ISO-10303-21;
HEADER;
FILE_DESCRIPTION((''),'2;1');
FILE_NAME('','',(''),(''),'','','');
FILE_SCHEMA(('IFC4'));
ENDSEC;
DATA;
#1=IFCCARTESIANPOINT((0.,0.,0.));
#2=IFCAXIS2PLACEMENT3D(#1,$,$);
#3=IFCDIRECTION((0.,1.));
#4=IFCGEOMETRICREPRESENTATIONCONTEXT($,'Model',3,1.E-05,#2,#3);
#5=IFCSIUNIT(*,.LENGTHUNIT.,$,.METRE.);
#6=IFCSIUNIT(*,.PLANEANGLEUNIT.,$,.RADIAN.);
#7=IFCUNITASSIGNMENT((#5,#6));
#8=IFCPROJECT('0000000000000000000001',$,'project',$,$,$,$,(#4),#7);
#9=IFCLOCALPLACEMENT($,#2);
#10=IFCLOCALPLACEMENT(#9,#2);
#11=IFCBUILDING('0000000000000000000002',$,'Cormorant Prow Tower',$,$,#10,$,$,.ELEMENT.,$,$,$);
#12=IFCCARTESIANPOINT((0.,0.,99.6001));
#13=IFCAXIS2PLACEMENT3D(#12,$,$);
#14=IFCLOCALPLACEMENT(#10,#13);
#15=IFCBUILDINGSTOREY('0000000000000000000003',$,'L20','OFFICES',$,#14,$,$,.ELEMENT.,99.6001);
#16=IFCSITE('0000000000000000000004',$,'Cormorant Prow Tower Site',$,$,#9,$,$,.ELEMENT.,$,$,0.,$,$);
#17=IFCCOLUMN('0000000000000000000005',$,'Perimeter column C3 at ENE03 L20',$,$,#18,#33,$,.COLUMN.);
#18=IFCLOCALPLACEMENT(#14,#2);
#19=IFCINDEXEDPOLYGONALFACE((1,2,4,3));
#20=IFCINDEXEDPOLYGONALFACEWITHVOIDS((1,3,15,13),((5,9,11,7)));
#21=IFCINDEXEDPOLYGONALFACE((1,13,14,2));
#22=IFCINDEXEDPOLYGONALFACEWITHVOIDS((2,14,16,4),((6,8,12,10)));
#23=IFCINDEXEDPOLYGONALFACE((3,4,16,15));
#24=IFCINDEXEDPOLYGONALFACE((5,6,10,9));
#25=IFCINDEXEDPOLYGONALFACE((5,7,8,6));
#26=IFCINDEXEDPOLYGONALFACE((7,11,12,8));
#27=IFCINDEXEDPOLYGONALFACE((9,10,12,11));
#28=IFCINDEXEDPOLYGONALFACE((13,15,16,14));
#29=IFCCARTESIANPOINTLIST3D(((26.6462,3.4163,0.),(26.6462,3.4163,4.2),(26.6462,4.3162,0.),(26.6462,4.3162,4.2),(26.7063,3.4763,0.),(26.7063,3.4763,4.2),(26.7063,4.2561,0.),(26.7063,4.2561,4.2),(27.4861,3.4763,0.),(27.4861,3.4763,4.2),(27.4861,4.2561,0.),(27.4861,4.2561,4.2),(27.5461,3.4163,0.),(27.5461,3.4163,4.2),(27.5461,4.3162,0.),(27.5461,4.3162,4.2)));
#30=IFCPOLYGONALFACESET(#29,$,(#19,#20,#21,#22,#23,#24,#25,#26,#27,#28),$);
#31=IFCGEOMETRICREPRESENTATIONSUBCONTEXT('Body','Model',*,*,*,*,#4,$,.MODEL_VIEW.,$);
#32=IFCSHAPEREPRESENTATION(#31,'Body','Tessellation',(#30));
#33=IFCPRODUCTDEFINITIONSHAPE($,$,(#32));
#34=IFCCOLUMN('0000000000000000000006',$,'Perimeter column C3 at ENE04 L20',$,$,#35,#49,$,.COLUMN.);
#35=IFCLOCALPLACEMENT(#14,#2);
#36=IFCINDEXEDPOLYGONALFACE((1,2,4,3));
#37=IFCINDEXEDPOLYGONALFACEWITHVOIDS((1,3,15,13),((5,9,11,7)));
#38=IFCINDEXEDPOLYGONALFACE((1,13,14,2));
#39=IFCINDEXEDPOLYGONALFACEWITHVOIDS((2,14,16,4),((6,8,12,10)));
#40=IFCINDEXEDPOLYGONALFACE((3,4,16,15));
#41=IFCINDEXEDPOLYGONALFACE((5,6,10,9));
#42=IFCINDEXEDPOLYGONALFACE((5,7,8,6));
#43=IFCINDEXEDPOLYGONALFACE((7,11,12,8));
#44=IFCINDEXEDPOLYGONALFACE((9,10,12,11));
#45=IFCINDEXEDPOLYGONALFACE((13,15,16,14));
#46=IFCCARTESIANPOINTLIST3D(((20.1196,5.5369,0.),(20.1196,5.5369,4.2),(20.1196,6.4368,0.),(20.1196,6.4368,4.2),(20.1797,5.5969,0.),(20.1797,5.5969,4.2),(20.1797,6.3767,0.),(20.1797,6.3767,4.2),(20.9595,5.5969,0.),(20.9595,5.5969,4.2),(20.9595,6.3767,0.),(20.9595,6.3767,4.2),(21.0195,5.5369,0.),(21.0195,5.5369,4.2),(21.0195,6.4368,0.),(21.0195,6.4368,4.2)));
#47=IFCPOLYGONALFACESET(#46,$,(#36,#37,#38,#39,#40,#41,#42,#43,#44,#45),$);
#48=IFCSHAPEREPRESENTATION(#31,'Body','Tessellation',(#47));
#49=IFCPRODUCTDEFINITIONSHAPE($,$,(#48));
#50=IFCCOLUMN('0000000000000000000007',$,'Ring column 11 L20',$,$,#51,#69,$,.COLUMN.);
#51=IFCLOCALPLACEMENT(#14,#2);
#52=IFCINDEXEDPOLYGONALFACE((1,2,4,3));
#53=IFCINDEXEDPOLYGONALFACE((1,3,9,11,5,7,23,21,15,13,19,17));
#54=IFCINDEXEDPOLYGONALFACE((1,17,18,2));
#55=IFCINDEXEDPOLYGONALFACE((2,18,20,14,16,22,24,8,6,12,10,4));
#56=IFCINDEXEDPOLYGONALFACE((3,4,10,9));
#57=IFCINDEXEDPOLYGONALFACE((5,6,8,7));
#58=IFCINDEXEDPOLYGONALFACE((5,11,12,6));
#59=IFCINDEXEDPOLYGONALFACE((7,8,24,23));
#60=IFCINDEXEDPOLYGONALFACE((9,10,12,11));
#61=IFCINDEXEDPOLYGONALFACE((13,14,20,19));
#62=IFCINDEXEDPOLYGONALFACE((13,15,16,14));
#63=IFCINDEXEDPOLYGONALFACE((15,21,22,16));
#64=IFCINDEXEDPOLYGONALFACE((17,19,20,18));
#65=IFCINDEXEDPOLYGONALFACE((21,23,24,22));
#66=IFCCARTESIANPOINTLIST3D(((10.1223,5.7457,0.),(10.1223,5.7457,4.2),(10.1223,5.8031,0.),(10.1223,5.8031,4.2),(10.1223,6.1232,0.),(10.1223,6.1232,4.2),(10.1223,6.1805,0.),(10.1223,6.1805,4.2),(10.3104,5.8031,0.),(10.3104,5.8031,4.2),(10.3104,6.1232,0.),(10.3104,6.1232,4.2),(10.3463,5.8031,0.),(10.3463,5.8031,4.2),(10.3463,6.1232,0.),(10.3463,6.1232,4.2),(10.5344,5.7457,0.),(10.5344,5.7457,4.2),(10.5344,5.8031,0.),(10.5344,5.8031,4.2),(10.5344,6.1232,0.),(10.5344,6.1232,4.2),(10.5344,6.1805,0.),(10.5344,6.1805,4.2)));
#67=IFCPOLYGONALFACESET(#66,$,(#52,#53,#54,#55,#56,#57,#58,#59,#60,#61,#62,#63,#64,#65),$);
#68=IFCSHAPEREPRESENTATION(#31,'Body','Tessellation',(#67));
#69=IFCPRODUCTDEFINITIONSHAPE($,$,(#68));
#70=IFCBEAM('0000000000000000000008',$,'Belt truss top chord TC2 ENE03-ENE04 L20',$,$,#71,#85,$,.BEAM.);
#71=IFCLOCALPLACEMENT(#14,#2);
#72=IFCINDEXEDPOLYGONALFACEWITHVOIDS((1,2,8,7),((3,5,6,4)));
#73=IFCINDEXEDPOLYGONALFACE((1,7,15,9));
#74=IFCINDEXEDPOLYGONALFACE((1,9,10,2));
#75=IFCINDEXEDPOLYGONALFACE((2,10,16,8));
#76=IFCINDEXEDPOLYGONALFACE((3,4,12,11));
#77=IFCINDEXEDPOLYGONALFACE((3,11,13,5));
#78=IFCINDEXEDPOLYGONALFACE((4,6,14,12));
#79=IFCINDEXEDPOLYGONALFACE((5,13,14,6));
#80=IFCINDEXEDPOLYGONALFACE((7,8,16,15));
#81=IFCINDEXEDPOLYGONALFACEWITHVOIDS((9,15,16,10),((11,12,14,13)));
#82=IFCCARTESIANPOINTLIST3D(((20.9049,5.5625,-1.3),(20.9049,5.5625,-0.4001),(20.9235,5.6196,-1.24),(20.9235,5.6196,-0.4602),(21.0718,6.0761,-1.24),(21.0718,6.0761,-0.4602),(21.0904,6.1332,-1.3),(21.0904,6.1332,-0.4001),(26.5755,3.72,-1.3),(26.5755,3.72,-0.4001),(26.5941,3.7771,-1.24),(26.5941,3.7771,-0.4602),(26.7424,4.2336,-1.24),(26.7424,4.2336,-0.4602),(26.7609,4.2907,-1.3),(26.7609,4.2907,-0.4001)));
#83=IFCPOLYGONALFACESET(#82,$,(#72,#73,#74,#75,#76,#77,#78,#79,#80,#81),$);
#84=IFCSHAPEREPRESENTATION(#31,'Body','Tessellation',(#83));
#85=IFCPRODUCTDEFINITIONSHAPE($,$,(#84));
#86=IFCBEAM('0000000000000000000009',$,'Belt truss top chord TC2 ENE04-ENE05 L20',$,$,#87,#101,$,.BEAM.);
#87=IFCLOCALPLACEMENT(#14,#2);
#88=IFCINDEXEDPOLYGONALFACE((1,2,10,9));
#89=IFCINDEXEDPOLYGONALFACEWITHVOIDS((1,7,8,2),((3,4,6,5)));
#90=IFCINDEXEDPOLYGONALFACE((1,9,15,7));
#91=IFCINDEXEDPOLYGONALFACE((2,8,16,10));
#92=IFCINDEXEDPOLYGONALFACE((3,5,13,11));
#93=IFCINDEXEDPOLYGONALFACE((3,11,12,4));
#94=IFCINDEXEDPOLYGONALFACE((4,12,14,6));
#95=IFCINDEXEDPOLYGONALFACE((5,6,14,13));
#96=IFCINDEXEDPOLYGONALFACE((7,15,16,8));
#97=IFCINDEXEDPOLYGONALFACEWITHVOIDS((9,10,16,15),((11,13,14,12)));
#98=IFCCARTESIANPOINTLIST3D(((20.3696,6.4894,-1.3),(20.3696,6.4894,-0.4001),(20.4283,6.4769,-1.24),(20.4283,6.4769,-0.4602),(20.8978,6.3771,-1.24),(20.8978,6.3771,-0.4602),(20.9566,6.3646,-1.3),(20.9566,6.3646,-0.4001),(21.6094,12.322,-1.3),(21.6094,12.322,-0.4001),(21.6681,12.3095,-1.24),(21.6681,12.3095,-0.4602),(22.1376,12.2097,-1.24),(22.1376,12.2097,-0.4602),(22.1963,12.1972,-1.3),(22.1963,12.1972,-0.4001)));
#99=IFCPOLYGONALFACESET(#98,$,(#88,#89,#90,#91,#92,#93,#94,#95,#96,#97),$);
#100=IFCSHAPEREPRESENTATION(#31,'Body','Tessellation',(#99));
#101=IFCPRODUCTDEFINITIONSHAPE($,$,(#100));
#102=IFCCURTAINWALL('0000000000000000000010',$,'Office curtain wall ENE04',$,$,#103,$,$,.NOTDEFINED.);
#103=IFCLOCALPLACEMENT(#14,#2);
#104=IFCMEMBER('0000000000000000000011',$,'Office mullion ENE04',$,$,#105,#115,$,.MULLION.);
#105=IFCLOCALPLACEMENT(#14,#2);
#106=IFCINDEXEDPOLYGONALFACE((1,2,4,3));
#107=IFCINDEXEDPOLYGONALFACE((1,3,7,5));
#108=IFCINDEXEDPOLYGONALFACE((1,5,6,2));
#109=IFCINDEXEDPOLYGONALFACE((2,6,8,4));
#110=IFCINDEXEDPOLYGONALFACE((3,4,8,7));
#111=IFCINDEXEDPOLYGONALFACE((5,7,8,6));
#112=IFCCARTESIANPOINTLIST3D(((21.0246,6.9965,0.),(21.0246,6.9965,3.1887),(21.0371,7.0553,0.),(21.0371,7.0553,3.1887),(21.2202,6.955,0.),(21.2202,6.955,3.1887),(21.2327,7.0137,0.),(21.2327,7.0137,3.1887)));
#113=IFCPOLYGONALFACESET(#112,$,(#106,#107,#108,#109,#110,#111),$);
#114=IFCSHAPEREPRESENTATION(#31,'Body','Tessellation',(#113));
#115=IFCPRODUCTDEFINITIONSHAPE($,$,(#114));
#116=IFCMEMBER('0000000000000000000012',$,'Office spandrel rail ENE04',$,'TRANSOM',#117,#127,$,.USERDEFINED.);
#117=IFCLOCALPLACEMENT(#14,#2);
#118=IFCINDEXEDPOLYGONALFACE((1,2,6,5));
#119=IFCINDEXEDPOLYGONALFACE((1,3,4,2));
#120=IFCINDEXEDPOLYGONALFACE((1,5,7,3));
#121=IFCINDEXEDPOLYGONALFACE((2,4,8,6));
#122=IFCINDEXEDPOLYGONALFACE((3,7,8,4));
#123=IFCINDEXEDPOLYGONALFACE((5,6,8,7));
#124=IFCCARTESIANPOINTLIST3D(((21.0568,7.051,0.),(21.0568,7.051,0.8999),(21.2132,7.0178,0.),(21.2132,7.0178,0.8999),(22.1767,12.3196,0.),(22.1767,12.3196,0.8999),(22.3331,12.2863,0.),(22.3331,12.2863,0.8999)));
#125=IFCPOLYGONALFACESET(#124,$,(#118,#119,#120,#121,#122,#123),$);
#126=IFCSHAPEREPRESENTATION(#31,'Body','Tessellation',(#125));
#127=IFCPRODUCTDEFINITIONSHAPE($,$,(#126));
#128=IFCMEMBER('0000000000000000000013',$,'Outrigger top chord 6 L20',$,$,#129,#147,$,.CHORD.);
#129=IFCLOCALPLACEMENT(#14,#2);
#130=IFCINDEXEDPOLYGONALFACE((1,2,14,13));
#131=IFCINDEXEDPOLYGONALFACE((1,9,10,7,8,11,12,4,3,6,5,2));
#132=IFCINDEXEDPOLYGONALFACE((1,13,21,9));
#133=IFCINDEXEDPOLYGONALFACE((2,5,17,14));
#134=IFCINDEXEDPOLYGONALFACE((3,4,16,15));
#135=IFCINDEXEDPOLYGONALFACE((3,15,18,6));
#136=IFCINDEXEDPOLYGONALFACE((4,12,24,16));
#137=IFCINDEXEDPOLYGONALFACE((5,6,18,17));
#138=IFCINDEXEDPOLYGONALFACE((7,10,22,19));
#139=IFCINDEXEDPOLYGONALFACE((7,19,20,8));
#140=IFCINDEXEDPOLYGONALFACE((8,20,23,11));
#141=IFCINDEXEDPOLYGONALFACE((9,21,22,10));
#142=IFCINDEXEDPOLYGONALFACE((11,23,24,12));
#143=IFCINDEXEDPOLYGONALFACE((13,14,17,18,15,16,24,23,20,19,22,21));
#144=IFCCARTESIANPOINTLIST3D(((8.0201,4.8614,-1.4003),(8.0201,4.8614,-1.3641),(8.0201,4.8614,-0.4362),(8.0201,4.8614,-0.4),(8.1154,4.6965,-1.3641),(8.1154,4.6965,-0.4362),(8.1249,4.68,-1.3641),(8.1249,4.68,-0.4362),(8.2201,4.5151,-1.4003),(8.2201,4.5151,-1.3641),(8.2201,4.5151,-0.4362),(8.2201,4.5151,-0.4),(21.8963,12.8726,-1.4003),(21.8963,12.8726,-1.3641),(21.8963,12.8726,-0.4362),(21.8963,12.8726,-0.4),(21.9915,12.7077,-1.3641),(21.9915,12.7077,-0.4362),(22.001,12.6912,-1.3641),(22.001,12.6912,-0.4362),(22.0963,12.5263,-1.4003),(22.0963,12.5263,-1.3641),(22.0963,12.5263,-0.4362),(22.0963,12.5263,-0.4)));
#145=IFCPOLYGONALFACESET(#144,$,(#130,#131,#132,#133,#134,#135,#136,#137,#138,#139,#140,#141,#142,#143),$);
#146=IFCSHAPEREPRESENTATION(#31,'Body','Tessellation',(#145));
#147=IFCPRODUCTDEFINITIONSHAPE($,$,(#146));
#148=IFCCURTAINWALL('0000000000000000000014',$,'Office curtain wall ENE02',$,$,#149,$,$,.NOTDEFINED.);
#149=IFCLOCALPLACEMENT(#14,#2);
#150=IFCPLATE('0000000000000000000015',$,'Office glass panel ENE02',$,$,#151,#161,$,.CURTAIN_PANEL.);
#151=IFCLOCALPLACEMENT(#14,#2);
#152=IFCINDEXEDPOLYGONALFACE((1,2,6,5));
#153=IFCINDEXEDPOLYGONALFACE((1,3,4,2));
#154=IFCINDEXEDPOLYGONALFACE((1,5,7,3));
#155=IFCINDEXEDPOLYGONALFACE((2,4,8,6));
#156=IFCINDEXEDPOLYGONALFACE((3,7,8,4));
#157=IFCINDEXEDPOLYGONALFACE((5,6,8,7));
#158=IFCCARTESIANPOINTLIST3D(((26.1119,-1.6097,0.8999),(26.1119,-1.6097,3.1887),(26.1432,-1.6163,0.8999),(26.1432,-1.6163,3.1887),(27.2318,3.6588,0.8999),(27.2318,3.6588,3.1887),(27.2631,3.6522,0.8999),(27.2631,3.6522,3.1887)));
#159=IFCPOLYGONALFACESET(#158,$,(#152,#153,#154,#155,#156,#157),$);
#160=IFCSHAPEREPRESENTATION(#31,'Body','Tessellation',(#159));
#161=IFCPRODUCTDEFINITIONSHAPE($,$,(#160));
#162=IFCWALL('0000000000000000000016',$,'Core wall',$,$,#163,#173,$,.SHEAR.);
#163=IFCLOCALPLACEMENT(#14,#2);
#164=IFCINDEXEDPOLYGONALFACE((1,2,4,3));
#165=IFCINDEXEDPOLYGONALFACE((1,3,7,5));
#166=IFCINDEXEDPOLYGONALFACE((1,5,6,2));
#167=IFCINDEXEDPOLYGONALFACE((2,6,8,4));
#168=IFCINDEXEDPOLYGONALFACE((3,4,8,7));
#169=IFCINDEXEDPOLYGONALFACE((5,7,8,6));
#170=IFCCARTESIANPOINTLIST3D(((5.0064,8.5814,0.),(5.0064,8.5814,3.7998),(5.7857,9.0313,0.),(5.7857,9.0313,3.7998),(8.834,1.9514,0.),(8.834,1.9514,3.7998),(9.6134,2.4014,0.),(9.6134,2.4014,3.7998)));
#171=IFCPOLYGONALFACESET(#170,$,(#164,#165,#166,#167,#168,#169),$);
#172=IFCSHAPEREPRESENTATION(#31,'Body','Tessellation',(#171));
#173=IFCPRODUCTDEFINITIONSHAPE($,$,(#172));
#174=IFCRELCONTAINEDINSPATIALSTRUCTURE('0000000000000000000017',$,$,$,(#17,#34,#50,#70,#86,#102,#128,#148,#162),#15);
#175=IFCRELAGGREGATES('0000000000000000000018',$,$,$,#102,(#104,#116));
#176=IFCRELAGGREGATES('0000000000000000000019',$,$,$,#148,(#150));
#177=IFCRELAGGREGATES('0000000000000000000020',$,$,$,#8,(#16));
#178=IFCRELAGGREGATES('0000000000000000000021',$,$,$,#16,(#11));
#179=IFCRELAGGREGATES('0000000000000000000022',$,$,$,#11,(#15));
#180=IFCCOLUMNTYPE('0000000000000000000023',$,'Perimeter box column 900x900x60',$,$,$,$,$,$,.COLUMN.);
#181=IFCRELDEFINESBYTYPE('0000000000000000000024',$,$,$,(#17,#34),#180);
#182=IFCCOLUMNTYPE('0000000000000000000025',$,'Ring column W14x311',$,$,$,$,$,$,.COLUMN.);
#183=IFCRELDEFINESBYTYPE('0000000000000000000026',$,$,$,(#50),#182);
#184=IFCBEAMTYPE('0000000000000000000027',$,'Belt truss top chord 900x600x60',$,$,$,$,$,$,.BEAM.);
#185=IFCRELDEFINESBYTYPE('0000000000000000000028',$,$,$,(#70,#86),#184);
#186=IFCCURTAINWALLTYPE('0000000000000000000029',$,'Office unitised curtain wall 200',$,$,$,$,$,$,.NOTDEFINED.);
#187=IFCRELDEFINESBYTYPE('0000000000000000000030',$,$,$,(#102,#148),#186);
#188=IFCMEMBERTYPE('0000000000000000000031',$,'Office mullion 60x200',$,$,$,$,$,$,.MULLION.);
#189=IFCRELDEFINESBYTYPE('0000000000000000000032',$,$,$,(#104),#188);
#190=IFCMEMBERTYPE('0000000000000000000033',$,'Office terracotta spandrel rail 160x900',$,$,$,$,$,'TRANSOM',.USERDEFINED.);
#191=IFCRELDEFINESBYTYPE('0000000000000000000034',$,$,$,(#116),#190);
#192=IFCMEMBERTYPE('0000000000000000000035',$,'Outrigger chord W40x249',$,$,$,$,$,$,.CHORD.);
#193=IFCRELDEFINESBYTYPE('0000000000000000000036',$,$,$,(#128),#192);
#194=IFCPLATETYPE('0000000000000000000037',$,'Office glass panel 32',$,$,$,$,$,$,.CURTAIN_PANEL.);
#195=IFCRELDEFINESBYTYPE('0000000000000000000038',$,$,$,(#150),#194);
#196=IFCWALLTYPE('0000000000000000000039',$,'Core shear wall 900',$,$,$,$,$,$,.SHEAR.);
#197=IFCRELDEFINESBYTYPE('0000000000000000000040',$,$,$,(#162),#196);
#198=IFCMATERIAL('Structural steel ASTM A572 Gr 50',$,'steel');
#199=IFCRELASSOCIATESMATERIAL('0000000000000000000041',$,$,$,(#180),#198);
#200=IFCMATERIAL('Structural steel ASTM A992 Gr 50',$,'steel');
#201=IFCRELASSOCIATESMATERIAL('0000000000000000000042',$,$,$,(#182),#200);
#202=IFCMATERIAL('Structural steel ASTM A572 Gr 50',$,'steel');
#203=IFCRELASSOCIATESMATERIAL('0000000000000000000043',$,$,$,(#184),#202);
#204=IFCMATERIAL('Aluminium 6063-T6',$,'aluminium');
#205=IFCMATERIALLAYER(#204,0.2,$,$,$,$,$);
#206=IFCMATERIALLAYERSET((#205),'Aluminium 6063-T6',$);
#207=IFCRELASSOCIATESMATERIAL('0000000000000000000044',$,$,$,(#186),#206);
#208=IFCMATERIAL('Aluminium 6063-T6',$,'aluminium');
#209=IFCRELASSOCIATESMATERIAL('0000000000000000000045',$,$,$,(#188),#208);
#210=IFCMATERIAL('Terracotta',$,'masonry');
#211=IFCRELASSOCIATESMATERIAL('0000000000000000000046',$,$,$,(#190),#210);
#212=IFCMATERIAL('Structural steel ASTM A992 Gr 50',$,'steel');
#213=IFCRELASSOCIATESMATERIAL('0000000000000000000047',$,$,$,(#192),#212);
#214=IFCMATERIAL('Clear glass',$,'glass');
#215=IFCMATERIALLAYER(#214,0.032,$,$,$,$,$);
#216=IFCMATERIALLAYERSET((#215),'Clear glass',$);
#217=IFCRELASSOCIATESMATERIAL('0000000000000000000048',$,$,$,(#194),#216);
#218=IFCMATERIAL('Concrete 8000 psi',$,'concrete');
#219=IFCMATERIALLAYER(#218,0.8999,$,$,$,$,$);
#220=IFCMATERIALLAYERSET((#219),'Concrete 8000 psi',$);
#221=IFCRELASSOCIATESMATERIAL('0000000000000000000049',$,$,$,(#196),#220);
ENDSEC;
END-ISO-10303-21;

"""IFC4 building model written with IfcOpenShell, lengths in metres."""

from ifc_helpers import new_model, si_unit, direction, frame, frame_2d, origin, origin_2d, place, context, subcontext, project, spatial, rectangle, hollow_rectangle, i_section, extrude, material, layer, layer_set, material_profile, profile_set, type_object, element, aggregate, save


model = new_model("IFC4")

# Units and contexts
model_context = context("Model", 3, precision=1e-05, world=origin(), true_north=direction((0.0, 1.0)))
body_context = subcontext(model_context, "Body", "Model", "MODEL_VIEW")
ifc_project = project(units=[si_unit("LENGTHUNIT", "METRE"), si_unit("PLANEANGLEUNIT", "RADIAN")], contexts=[model_context])

# Site, building, storey
site_placement = place(None, origin())
site = spatial("IfcSite", under=ifc_project, at=site_placement, Name="Cormorant Prow Tower Site", CompositionType="ELEMENT", RefElevation=0.0)
building_placement = place(site_placement, origin())
building = spatial("IfcBuilding", under=site, at=building_placement, Name="Cormorant Prow Tower", CompositionType="ELEMENT")
storey_placement = place(building_placement, frame((0.0, 0.0, 99.6001)))
storey = spatial("IfcBuildingStorey", under=building, at=storey_placement, Name="L20", Description="OFFICES", CompositionType="ELEMENT", Elevation=99.6001)

# Columns
ifc_material_1 = material(Name="Structural steel ASTM A572 Gr 50", Category="steel")
ifc_material_profile_1 = material_profile(ifc_material_1, hollow_rectangle(XDim=0.8999, YDim=0.8999, WallThickness=0.0601, at=origin_2d()), Name="Box 900x900x60")
ifc_profile_set_1 = profile_set([ifc_material_profile_1], Name="Structural steel ASTM A572 Gr 50")
column_type_1 = type_object("IfcColumnType", Name="Perimeter box column 900x900x60", PredefinedType="COLUMN", material=ifc_profile_set_1)
for number, where, z_axis, x_axis, name in (
    (1, (27.0962, 3.8662, 0.0), (0.0, 0.0, 1.0), (1.0, 0.0, 0.0), "Perimeter column C3 at ENE03 L20"),
    (2, (20.5696, 5.9868, 0.0), (0.0, 0.0, 1.0), (1.0, 0.0, 0.0), "Perimeter column C3 at ENE04 L20"),
):
    element("IfcColumn", number, at=place(storey_placement, frame(where, z_axis=z_axis, x_axis=x_axis)), inside=storey, type_object=column_type_1, Name=name, PredefinedType="COLUMN", context=body_context, shape_type="SweptSolid", body=[
        extrude(hollow_rectangle(XDim=0.8999, YDim=0.8999, WallThickness=0.0601, at=origin_2d()), origin(), (0.0, 0.0, 1.0), 4.2),
    ])
ifc_material_2 = material(Name="Structural steel ASTM A992 Gr 50", Category="steel")
ifc_material_profile_2 = material_profile(ifc_material_2, i_section(OverallWidth=0.4121, OverallDepth=0.4348, WebThickness=0.0359, FlangeThickness=0.0574, at=origin_2d()), Name="W14x311")
ifc_profile_set_2 = profile_set([ifc_material_profile_2], Name="Structural steel ASTM A992 Gr 50")
column_type_2 = type_object("IfcColumnType", Name="Ring column W14x311", PredefinedType="COLUMN", material=ifc_profile_set_2)
column_placement = place(storey_placement, frame((10.3284, 5.9631, 0.0), z_axis=(0.0, 0.0, 1.0), x_axis=(1.0, 0.0, 0.0)))
element("IfcColumn", 3, at=column_placement, inside=storey, type_object=column_type_2, Name="Ring column 11 L20", PredefinedType="COLUMN", context=body_context, shape_type="SweptSolid", body=[
    extrude(i_section(OverallWidth=0.4121, OverallDepth=0.4348, WebThickness=0.0359, FlangeThickness=0.0574, at=origin_2d()), origin(), (0.0, 0.0, 1.0), 4.2),
])

# Beams
ifc_material_3 = material(Name="Structural steel ASTM A572 Gr 50", Category="steel")
ifc_material_profile_3 = material_profile(ifc_material_3, hollow_rectangle(XDim=0.6001, YDim=0.8999, WallThickness=0.0601, at=origin_2d()), Name="Box 900x600x60")
ifc_profile_set_3 = profile_set([ifc_material_profile_3], Name="Structural steel ASTM A572 Gr 50")
beam_type = type_object("IfcBeamType", Name="Belt truss top chord 900x600x60", PredefinedType="BEAM", material=ifc_profile_set_3)
beam_1_placement = place(storey_placement, frame((26.6682, 4.0054, -0.8501), z_axis=(-0.951055, 0.30902, 0.0), x_axis=(-0.30902, -0.951055, 0.0)))
element("IfcBeam", 4, at=beam_1_placement, inside=storey, type_object=beam_type, Name="Belt truss top chord TC2 ENE03-ENE04 L20", PredefinedType="BEAM", context=body_context, shape_type="SweptSolid", body=[
    extrude(hollow_rectangle(XDim=0.6001, YDim=0.8999, WallThickness=0.0601, at=origin_2d()), origin(), (0.0, 0.0, 1.0), 5.9624),
])
beam_2_placement = place(storey_placement, frame((20.6631, 6.427, -0.8501), z_axis=(0.207913, 0.978147, 0.0), x_axis=(-0.978147, 0.207913, 0.0)))
element("IfcBeam", 5, at=beam_2_placement, inside=storey, type_object=beam_type, Name="Belt truss top chord TC2 ENE04-ENE05 L20", PredefinedType="BEAM", context=body_context, shape_type="SweptSolid", body=[
    extrude(hollow_rectangle(XDim=0.6001, YDim=0.8999, WallThickness=0.0601, at=origin_2d()), origin(), (0.0, 0.0, 1.0), 5.9629),
])

# Curtain wall, members
ifc_material_4 = material(Name="Aluminium 6063-T6", Category="aluminium")
ifc_layer_1 = layer(ifc_material_4, 0.2)
ifc_layer_set_1 = layer_set([ifc_layer_1], Name="Aluminium 6063-T6")
curtain_wall_type = type_object("IfcCurtainWallType", Name="Office unitised curtain wall 200", PredefinedType="NOTDEFINED", material=ifc_layer_set_1)
curtain_wall_1_placement = place(storey_placement, origin())
curtain_wall_1 = element("IfcCurtainWall", 6, at=curtain_wall_1_placement, inside=storey, type_object=curtain_wall_type, Name="Office curtain wall ENE04", PredefinedType="NOTDEFINED")
ifc_material_5 = material(Name="Aluminium 6063-T6", Category="aluminium")
ifc_material_profile_4 = material_profile(ifc_material_5, rectangle(XDim=0.2, YDim=0.0601, at=origin_2d()), Name="Office mullion 60x200")
ifc_profile_set_4 = profile_set([ifc_material_profile_4], Name="Aluminium 6063-T6")
member_type_1 = type_object("IfcMemberType", Name="Office mullion 60x200", PredefinedType="MULLION", material=ifc_profile_set_4)
member_1_placement = place(storey_placement, frame((21.1287, 7.0051, 0.0), z_axis=(0.0, 0.0, 1.0), x_axis=(-0.978148, 0.207912, 0.0)))
member_1 = element("IfcMember", 7, at=member_1_placement, type_object=member_type_1, Name="Office mullion ENE04", PredefinedType="MULLION", context=body_context, shape_type="SweptSolid", body=[
    extrude(rectangle(XDim=0.2, YDim=0.0601, at=origin_2d()), origin(), (0.0, 0.0, 1.0), 3.1887),
])
ifc_material_6 = material(Name="Terracotta", Category="masonry")
ifc_material_profile_5 = material_profile(ifc_material_6, rectangle(XDim=0.1599, YDim=0.8999, at=origin_2d()), Name="Office terracotta spandrel rail 160x900")
ifc_profile_set_5 = profile_set([ifc_material_profile_5], Name="Terracotta")
member_type_2 = type_object("IfcMemberType", Name="Office terracotta spandrel rail 160x900", ElementType="TRANSOM", PredefinedType="USERDEFINED", material=ifc_profile_set_5)
member_2_placement = place(storey_placement, frame((21.135, 7.0344, 0.45), z_axis=(0.207913, 0.978147, 0.0), x_axis=(-0.978147, 0.207913, 0.0)))
member_2 = element("IfcMember", 8, at=member_2_placement, type_object=member_type_2, Name="Office spandrel rail ENE04", ObjectType="TRANSOM", PredefinedType="USERDEFINED", context=body_context, shape_type="SweptSolid", body=[
    extrude(rectangle(XDim=0.1599, YDim=0.8999, at=origin_2d()), origin(), (0.0, 0.0, 1.0), 5.3862),
])
aggregate(curtain_wall_1, [member_1, member_2])

# Member
ifc_material_7 = material(Name="Structural steel ASTM A992 Gr 50", Category="steel")
ifc_material_profile_6 = material_profile(ifc_material_7, i_section(OverallWidth=0.3999, OverallDepth=1.0002, WebThickness=0.019, FlangeThickness=0.0361, at=origin_2d()), Name="W40x249")
ifc_profile_set_6 = profile_set([ifc_material_profile_6], Name="Structural steel ASTM A992 Gr 50")
member_type_3 = type_object("IfcMemberType", Name="Outrigger chord W40x249", PredefinedType="CHORD", material=ifc_profile_set_6)
member_3_placement = place(storey_placement, frame((8.1201, 4.6882, -0.9001), z_axis=(0.866031, 0.49999, 0.0), x_axis=(-0.49999, 0.866031, 0.0)))
element("IfcMember", 9, at=member_3_placement, inside=storey, type_object=member_type_3, Name="Outrigger top chord 6 L20", PredefinedType="CHORD", context=body_context, shape_type="SweptSolid", body=[
    extrude(i_section(OverallWidth=0.3999, OverallDepth=1.0002, WebThickness=0.019, FlangeThickness=0.0361, at=origin_2d()), origin(), (0.0, 0.0, 1.0), 16.0227),
])

# Curtain wall, plate
curtain_wall_2_placement = place(storey_placement, origin())
curtain_wall_2 = element("IfcCurtainWall", 10, at=curtain_wall_2_placement, inside=storey, type_object=curtain_wall_type, Name="Office curtain wall ENE02", PredefinedType="NOTDEFINED")
ifc_material_8 = material(Name="Clear glass", Category="glass")
ifc_layer_2 = layer(ifc_material_8, 0.032)
ifc_layer_set_2 = layer_set([ifc_layer_2], Name="Clear glass")
plate_type = type_object("IfcPlateType", Name="Office glass panel 32", PredefinedType="CURTAIN_PANEL", material=ifc_layer_set_2)
plate_placement = place(storey_placement, frame((26.6875, 1.0212, 0.8999), z_axis=(0.0, 0.0, 1.0), x_axis=(0.207912, 0.978148, 0.0)))
plate = element("IfcPlate", 11, at=plate_placement, type_object=plate_type, Name="Office glass panel ENE02", PredefinedType="CURTAIN_PANEL", context=body_context, shape_type="SweptSolid", body=[
    extrude(rectangle(XDim=5.3862, YDim=0.032, at=origin_2d()), origin(), (0.0, 0.0, 1.0), 2.2888),
])
aggregate(curtain_wall_2, [plate])

# Wall
ifc_material_9 = material(Name="Concrete 8000 psi", Category="concrete")
ifc_layer_3 = layer(ifc_material_9, 0.8999)
ifc_layer_set_3 = layer_set([ifc_layer_3], Name="Concrete 8000 psi")
wall_type_1 = type_object("IfcWallType", Name="Core shear wall 900", PredefinedType="SHEAR", material=ifc_layer_set_3)
wall_1_placement = place(storey_placement, frame((9.2236, 2.1765, 0.0), z_axis=(0.0, 0.0, 1.0), x_axis=(-0.499987, 0.866033, 0.0)))
element("IfcWall", 12, at=wall_1_placement, inside=storey, type_object=wall_type_1, Name="Core wall", PredefinedType="SHEAR", context=body_context, shape_type="SweptSolid", body=[
    extrude(rectangle(XDim=7.6555, YDim=0.8999, at=frame_2d((3.8276, 0.0))), origin(), (0.0, 0.0, 1.0), 3.7998),
])

save(model, "model.ifc")
